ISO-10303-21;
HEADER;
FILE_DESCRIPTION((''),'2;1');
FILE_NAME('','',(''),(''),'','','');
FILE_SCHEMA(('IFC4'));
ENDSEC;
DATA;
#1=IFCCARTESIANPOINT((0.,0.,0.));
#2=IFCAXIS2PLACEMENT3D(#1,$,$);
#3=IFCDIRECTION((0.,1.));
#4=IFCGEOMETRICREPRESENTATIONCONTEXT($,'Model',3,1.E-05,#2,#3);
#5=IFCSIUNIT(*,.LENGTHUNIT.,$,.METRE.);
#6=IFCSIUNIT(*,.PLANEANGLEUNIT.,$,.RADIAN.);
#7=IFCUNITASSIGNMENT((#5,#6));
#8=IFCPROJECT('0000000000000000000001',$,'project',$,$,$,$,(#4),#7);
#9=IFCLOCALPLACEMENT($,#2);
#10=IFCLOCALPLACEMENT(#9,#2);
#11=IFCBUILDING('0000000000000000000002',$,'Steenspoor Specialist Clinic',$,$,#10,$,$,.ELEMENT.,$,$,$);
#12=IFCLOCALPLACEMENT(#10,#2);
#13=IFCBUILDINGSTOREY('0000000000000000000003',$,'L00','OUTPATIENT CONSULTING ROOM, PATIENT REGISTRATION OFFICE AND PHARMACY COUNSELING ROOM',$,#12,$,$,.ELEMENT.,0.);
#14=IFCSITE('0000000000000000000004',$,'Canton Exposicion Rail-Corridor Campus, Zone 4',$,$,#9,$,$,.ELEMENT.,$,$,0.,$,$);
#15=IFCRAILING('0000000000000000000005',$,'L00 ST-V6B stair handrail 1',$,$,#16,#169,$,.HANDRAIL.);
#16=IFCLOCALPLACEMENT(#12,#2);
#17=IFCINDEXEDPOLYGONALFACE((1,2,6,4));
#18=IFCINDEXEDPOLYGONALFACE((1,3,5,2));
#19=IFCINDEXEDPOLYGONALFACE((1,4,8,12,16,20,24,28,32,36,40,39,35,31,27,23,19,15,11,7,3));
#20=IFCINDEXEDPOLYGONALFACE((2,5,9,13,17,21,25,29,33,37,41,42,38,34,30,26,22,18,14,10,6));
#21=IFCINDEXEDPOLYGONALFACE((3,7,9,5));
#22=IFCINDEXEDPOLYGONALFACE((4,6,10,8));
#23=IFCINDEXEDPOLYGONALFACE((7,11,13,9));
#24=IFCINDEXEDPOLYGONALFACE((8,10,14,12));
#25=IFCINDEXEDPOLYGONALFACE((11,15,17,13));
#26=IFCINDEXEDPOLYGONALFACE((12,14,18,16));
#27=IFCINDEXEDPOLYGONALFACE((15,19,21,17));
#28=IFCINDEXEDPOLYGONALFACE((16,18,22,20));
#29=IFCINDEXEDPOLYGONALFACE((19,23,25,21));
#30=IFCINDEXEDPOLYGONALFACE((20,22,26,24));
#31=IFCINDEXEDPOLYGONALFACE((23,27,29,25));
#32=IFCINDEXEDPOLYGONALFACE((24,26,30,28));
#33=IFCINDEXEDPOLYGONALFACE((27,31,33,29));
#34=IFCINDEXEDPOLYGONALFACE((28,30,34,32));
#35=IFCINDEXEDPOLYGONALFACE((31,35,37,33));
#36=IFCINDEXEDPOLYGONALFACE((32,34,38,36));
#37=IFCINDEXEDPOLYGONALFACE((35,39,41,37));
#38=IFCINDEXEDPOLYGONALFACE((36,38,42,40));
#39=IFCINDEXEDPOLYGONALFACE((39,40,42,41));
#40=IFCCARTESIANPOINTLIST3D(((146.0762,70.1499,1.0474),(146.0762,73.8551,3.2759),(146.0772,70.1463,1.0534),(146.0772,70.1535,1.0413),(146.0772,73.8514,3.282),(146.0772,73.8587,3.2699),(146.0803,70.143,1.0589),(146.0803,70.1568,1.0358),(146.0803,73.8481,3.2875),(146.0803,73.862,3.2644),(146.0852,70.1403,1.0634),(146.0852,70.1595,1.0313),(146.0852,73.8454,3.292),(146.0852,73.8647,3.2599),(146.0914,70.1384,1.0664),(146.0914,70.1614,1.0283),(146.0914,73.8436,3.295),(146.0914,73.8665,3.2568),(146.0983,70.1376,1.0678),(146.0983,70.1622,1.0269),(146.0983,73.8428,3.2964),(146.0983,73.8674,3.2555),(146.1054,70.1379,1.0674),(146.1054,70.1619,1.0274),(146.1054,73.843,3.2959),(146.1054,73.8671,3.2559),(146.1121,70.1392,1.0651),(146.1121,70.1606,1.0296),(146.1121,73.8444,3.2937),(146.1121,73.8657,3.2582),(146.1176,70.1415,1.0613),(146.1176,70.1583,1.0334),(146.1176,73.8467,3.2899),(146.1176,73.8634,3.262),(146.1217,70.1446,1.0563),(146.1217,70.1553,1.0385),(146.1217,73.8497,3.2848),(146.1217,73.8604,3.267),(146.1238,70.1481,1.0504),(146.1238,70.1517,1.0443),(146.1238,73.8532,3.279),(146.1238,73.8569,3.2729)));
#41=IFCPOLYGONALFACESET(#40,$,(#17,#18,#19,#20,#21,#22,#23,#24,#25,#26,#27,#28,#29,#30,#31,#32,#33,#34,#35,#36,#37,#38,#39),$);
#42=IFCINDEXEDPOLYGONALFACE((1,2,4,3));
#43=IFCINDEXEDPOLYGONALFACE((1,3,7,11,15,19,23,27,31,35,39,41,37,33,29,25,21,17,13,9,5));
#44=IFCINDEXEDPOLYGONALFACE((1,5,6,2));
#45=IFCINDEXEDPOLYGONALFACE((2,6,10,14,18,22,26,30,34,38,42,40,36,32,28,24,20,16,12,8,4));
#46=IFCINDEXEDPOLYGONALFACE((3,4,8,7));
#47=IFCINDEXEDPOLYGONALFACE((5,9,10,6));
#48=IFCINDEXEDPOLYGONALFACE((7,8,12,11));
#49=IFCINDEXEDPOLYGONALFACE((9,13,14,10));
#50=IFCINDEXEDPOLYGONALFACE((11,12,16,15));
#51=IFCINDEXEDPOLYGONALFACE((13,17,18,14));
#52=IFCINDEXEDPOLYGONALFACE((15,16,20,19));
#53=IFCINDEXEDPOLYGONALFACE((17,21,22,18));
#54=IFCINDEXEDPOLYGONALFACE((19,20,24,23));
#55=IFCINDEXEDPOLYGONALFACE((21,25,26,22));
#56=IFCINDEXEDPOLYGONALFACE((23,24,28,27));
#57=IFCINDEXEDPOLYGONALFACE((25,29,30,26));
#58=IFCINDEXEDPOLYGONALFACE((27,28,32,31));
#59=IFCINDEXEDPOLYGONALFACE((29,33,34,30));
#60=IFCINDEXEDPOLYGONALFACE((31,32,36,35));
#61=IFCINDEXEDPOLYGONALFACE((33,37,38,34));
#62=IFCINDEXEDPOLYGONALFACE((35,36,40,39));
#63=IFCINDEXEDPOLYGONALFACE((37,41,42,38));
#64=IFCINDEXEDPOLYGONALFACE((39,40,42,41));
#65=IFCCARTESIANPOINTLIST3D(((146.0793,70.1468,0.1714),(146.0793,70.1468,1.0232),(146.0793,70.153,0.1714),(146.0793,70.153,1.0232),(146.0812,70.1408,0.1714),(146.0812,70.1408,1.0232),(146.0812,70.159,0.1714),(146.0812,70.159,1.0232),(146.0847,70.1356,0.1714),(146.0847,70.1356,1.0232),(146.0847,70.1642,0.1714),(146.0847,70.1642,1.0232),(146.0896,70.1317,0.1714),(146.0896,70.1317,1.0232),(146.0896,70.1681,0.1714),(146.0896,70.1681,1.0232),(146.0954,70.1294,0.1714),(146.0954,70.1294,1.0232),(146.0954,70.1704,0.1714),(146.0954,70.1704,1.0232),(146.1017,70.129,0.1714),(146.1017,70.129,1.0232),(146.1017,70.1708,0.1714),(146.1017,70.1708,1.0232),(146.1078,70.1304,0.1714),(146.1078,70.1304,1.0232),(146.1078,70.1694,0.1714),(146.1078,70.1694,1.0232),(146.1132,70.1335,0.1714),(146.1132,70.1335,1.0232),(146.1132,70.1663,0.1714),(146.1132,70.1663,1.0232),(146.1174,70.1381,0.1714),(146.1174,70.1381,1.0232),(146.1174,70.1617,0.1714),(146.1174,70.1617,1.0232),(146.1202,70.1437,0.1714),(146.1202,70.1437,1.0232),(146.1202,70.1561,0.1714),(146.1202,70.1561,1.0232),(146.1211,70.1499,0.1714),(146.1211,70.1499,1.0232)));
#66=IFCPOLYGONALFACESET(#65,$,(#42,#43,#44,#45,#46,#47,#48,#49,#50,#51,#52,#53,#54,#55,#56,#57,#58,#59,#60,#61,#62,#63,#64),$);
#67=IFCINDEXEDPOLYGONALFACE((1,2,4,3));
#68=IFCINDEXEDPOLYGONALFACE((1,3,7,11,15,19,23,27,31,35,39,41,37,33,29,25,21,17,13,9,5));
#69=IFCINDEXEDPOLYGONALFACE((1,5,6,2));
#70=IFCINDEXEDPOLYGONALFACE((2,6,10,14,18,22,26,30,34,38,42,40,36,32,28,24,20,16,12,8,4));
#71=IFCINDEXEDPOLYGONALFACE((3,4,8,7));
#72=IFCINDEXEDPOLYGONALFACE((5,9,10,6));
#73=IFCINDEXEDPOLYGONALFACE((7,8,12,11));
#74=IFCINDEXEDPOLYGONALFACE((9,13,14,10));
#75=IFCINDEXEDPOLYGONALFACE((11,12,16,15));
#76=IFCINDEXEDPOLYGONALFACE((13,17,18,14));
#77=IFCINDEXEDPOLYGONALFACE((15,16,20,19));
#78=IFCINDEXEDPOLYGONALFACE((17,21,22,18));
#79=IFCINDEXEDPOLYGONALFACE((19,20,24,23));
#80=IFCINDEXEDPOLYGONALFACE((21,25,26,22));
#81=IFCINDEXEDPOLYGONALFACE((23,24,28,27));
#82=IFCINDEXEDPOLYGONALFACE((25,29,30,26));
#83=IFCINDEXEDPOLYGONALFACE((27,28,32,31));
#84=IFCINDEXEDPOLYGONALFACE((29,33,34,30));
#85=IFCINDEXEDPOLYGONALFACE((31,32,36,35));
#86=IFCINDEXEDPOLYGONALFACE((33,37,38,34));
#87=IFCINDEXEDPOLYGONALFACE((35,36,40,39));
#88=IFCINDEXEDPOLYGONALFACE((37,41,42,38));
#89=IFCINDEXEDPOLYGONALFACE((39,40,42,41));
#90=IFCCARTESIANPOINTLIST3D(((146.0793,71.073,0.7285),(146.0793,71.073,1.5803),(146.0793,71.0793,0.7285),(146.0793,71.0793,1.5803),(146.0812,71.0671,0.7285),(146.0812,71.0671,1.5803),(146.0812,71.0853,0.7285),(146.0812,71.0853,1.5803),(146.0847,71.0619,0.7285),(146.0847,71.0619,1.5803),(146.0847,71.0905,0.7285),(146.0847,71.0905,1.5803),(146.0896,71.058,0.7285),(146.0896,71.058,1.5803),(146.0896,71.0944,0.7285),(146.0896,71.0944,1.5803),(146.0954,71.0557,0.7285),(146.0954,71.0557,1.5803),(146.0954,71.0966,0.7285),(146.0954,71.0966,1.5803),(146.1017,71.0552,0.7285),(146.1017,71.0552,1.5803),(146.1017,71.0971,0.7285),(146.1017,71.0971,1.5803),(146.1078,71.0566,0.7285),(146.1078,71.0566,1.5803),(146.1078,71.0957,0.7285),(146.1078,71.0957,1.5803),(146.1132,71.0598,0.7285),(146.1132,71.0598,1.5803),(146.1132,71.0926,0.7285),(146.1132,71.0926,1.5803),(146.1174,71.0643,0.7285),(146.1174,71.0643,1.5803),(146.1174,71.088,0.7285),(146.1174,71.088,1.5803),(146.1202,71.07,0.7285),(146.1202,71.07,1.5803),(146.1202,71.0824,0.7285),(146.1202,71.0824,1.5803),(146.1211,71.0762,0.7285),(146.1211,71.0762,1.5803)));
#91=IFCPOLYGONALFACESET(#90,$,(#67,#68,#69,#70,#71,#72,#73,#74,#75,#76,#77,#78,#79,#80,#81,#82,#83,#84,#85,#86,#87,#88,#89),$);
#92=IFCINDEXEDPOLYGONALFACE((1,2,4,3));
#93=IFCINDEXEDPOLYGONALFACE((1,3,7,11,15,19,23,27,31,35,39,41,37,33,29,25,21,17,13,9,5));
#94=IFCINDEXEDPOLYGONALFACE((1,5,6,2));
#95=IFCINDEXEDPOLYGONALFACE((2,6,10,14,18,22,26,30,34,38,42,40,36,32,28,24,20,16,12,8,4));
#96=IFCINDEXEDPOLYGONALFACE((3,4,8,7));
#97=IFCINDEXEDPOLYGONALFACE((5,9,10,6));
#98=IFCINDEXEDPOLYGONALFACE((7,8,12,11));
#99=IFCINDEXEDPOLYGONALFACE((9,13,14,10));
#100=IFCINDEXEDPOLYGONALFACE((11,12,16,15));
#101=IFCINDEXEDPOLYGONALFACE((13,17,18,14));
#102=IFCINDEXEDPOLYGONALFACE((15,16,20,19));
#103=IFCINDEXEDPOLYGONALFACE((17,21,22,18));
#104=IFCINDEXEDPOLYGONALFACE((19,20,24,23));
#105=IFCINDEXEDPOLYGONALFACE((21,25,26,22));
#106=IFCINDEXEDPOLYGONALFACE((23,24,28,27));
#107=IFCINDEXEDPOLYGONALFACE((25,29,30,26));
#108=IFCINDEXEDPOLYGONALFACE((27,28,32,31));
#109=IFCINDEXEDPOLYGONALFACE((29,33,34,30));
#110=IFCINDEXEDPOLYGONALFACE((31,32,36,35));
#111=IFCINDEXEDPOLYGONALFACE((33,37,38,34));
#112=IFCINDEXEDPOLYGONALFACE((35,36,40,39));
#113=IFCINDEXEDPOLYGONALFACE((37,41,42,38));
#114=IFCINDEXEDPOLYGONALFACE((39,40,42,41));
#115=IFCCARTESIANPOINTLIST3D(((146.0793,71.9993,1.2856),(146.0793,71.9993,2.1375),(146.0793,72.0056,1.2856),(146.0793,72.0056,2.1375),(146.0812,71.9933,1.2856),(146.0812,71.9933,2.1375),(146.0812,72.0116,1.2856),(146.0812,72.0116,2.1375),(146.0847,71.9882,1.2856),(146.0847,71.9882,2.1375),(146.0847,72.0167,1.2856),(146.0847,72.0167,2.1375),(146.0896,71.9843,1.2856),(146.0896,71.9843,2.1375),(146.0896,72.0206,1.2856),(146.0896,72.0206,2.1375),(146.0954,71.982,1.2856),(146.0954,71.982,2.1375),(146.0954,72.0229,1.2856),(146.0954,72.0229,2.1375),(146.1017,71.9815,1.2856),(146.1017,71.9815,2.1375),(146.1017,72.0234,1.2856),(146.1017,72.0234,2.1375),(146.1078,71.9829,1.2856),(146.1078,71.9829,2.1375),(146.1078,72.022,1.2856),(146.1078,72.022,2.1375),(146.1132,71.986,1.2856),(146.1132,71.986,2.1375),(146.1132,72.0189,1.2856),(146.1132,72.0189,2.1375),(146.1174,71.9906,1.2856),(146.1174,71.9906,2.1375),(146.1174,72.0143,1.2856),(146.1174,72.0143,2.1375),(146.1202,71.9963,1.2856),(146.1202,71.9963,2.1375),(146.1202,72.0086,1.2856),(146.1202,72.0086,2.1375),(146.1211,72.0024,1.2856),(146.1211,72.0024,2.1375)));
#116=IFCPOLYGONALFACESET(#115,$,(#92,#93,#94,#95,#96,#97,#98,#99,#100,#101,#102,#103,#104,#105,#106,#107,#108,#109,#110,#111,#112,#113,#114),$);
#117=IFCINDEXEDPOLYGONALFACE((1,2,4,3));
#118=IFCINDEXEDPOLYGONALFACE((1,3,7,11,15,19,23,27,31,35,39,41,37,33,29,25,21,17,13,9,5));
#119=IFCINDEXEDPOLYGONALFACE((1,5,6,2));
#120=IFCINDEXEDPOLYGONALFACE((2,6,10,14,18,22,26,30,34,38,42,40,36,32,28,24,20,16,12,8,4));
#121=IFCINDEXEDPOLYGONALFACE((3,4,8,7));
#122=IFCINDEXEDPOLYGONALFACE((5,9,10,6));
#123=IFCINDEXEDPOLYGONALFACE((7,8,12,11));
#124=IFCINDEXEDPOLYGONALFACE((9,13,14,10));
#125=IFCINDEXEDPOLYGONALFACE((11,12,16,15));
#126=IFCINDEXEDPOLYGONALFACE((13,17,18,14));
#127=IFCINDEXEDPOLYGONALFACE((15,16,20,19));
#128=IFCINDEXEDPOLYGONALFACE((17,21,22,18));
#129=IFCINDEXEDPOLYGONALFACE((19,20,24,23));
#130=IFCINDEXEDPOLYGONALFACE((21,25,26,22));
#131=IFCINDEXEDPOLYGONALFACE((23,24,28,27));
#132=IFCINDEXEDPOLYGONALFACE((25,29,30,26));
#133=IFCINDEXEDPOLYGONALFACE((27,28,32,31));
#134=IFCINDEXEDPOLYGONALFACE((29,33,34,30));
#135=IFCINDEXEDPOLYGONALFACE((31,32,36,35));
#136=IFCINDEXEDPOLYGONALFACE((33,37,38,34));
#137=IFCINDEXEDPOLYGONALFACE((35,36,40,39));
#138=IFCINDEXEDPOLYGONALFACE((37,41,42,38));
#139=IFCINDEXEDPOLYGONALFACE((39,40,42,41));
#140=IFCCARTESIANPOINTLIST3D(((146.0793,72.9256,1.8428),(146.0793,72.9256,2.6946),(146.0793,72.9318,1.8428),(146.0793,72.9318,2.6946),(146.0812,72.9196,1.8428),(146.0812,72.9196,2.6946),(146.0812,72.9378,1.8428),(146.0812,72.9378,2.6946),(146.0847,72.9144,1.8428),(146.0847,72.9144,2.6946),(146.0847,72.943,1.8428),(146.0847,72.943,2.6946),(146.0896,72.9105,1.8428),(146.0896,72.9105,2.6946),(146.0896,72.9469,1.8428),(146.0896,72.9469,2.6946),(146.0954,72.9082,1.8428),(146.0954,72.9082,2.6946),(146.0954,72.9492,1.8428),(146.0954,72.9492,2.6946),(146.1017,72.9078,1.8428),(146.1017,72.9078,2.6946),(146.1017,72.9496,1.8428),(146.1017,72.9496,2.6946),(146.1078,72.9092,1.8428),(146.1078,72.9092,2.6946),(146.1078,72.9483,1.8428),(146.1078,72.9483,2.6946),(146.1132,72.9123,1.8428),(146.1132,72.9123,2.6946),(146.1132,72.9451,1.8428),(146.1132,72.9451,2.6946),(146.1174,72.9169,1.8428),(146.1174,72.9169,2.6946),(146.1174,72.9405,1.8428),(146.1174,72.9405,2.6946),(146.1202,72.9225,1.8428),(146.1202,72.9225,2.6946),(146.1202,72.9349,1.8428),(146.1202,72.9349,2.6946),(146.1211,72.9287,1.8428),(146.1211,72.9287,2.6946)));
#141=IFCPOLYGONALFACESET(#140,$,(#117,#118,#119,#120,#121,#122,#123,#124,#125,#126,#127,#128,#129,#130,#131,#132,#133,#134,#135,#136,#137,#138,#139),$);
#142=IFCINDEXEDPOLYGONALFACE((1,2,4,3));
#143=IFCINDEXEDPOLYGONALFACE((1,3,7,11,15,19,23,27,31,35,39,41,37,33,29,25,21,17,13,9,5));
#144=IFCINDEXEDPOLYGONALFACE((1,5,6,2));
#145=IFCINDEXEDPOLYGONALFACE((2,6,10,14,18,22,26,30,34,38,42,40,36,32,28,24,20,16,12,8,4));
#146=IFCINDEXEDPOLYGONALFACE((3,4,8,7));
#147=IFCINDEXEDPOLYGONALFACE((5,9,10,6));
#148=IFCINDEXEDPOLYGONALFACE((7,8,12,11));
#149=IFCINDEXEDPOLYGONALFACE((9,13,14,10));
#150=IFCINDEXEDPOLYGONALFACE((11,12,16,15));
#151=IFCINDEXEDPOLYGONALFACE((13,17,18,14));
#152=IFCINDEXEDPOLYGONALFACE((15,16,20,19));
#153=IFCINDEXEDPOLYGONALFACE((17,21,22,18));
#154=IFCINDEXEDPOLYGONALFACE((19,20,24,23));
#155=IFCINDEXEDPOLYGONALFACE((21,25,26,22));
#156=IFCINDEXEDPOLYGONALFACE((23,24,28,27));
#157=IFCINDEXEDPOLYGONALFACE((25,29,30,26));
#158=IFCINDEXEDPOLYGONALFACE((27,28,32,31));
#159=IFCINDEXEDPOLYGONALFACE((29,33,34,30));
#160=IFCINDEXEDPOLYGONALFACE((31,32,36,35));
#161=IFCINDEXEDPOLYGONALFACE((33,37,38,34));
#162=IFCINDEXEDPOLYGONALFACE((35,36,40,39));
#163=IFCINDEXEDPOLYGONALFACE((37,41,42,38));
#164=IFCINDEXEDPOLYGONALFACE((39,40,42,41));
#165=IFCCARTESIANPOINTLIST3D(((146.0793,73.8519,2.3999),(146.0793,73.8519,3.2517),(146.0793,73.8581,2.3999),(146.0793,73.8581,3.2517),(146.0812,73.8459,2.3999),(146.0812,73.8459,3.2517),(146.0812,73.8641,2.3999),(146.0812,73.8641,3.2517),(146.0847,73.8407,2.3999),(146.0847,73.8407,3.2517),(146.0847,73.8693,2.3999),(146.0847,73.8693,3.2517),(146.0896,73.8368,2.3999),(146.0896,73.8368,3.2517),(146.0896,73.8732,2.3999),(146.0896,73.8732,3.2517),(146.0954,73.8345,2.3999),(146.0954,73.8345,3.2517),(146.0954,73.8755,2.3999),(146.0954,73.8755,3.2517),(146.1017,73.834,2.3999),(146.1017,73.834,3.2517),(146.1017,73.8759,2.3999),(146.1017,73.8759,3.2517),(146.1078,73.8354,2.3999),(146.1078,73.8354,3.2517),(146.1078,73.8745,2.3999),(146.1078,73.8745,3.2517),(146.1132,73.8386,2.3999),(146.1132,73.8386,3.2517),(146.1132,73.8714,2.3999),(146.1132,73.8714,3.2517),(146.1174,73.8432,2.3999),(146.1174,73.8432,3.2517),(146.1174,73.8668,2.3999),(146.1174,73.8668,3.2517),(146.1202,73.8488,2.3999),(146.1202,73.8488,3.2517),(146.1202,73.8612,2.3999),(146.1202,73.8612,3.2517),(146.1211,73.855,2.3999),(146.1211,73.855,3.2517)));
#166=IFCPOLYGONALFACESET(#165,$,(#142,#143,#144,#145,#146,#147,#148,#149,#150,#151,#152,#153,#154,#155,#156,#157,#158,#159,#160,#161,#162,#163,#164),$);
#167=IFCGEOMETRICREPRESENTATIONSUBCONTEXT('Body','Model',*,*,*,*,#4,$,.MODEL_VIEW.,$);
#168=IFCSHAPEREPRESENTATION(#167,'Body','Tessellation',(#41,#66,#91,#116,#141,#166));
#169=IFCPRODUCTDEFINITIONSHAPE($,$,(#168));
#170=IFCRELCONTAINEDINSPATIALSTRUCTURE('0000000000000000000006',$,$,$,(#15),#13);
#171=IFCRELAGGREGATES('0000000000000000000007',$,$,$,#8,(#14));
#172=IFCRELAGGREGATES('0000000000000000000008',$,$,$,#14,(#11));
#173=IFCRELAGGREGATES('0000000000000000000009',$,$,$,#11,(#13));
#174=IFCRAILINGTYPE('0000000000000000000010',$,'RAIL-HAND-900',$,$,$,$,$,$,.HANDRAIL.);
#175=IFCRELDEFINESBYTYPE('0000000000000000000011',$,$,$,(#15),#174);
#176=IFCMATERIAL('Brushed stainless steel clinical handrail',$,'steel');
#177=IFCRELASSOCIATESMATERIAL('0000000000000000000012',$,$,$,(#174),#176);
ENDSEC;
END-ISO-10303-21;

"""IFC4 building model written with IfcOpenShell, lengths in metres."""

from ifc_helpers import new_model, si_unit, direction, frame, origin, origin_2d, place, context, subcontext, project, spatial, circle, extrude, material, type_object, element, save


model = new_model("IFC4")

# Units and contexts
model_context = context("Model", 3, precision=1e-05, world=origin(), true_north=direction((0.0, 1.0)))
body_context = subcontext(model_context, "Body", "Model", "MODEL_VIEW")
ifc_project = project(units=[si_unit("LENGTHUNIT", "METRE"), si_unit("PLANEANGLEUNIT", "RADIAN")], contexts=[model_context])

# Site, building, storey
site_placement = place(None, origin())
site = spatial("IfcSite", under=ifc_project, at=site_placement, Name="Canton Exposicion Rail-Corridor Campus, Zone 4", CompositionType="ELEMENT", RefElevation=0.0)
building_placement = place(site_placement, origin())
building = spatial("IfcBuilding", under=site, at=building_placement, Name="Steenspoor Specialist Clinic", CompositionType="ELEMENT")
storey_placement = place(building_placement, origin())
storey = spatial("IfcBuildingStorey", under=building, at=storey_placement, Name="L00", Description="OUTPATIENT CONSULTING ROOM, PATIENT REGISTRATION OFFICE AND PHARMACY COUNSELING ROOM", CompositionType="ELEMENT", Elevation=0.0)

# Railing
ifc_material_1 = material(Name="Brushed stainless steel clinical handrail", Category="steel")
railing_type_1 = type_object("IfcRailingType", Name="RAIL-HAND-900", PredefinedType="HANDRAIL", material=ifc_material_1)
railing_1_placement = place(storey_placement, frame((146.1001, 70.1499, 0.1714)))
element("IfcRailing", 1, at=railing_1_placement, inside=storey, type_object=railing_type_1, Name="L00 ST-V6B stair handrail 1", PredefinedType="HANDRAIL", context=body_context, shape_type="SweptSolid", body=[
    extrude(circle(Radius=0.0239, at=origin_2d()), frame((0.0, 0.0, 0.876), z_axis=(0.0, 0.856934, 0.515425), x_axis=(-1.0, 0.0, 0.0)), (0.0, 0.0, 1.0), 4.3237),
    extrude(circle(Radius=0.021, at=origin_2d()), origin(), (0.0, 0.0, 1.0), 0.8518),
    extrude(circle(Radius=0.021, at=origin_2d()), frame((0.0, 0.9263, 0.5571)), (0.0, 0.0, 1.0), 0.8518),
    extrude(circle(Radius=0.021, at=origin_2d()), frame((0.0, 1.8525, 1.1143)), (0.0, 0.0, 1.0), 0.8518),
    extrude(circle(Radius=0.021, at=origin_2d()), frame((0.0, 2.7788, 1.6714)), (0.0, 0.0, 1.0), 0.8518),
    extrude(circle(Radius=0.021, at=origin_2d()), frame((0.0, 3.7051, 2.2285)), (0.0, 0.0, 1.0), 0.8518),
])

save(model, "model.ifc")
